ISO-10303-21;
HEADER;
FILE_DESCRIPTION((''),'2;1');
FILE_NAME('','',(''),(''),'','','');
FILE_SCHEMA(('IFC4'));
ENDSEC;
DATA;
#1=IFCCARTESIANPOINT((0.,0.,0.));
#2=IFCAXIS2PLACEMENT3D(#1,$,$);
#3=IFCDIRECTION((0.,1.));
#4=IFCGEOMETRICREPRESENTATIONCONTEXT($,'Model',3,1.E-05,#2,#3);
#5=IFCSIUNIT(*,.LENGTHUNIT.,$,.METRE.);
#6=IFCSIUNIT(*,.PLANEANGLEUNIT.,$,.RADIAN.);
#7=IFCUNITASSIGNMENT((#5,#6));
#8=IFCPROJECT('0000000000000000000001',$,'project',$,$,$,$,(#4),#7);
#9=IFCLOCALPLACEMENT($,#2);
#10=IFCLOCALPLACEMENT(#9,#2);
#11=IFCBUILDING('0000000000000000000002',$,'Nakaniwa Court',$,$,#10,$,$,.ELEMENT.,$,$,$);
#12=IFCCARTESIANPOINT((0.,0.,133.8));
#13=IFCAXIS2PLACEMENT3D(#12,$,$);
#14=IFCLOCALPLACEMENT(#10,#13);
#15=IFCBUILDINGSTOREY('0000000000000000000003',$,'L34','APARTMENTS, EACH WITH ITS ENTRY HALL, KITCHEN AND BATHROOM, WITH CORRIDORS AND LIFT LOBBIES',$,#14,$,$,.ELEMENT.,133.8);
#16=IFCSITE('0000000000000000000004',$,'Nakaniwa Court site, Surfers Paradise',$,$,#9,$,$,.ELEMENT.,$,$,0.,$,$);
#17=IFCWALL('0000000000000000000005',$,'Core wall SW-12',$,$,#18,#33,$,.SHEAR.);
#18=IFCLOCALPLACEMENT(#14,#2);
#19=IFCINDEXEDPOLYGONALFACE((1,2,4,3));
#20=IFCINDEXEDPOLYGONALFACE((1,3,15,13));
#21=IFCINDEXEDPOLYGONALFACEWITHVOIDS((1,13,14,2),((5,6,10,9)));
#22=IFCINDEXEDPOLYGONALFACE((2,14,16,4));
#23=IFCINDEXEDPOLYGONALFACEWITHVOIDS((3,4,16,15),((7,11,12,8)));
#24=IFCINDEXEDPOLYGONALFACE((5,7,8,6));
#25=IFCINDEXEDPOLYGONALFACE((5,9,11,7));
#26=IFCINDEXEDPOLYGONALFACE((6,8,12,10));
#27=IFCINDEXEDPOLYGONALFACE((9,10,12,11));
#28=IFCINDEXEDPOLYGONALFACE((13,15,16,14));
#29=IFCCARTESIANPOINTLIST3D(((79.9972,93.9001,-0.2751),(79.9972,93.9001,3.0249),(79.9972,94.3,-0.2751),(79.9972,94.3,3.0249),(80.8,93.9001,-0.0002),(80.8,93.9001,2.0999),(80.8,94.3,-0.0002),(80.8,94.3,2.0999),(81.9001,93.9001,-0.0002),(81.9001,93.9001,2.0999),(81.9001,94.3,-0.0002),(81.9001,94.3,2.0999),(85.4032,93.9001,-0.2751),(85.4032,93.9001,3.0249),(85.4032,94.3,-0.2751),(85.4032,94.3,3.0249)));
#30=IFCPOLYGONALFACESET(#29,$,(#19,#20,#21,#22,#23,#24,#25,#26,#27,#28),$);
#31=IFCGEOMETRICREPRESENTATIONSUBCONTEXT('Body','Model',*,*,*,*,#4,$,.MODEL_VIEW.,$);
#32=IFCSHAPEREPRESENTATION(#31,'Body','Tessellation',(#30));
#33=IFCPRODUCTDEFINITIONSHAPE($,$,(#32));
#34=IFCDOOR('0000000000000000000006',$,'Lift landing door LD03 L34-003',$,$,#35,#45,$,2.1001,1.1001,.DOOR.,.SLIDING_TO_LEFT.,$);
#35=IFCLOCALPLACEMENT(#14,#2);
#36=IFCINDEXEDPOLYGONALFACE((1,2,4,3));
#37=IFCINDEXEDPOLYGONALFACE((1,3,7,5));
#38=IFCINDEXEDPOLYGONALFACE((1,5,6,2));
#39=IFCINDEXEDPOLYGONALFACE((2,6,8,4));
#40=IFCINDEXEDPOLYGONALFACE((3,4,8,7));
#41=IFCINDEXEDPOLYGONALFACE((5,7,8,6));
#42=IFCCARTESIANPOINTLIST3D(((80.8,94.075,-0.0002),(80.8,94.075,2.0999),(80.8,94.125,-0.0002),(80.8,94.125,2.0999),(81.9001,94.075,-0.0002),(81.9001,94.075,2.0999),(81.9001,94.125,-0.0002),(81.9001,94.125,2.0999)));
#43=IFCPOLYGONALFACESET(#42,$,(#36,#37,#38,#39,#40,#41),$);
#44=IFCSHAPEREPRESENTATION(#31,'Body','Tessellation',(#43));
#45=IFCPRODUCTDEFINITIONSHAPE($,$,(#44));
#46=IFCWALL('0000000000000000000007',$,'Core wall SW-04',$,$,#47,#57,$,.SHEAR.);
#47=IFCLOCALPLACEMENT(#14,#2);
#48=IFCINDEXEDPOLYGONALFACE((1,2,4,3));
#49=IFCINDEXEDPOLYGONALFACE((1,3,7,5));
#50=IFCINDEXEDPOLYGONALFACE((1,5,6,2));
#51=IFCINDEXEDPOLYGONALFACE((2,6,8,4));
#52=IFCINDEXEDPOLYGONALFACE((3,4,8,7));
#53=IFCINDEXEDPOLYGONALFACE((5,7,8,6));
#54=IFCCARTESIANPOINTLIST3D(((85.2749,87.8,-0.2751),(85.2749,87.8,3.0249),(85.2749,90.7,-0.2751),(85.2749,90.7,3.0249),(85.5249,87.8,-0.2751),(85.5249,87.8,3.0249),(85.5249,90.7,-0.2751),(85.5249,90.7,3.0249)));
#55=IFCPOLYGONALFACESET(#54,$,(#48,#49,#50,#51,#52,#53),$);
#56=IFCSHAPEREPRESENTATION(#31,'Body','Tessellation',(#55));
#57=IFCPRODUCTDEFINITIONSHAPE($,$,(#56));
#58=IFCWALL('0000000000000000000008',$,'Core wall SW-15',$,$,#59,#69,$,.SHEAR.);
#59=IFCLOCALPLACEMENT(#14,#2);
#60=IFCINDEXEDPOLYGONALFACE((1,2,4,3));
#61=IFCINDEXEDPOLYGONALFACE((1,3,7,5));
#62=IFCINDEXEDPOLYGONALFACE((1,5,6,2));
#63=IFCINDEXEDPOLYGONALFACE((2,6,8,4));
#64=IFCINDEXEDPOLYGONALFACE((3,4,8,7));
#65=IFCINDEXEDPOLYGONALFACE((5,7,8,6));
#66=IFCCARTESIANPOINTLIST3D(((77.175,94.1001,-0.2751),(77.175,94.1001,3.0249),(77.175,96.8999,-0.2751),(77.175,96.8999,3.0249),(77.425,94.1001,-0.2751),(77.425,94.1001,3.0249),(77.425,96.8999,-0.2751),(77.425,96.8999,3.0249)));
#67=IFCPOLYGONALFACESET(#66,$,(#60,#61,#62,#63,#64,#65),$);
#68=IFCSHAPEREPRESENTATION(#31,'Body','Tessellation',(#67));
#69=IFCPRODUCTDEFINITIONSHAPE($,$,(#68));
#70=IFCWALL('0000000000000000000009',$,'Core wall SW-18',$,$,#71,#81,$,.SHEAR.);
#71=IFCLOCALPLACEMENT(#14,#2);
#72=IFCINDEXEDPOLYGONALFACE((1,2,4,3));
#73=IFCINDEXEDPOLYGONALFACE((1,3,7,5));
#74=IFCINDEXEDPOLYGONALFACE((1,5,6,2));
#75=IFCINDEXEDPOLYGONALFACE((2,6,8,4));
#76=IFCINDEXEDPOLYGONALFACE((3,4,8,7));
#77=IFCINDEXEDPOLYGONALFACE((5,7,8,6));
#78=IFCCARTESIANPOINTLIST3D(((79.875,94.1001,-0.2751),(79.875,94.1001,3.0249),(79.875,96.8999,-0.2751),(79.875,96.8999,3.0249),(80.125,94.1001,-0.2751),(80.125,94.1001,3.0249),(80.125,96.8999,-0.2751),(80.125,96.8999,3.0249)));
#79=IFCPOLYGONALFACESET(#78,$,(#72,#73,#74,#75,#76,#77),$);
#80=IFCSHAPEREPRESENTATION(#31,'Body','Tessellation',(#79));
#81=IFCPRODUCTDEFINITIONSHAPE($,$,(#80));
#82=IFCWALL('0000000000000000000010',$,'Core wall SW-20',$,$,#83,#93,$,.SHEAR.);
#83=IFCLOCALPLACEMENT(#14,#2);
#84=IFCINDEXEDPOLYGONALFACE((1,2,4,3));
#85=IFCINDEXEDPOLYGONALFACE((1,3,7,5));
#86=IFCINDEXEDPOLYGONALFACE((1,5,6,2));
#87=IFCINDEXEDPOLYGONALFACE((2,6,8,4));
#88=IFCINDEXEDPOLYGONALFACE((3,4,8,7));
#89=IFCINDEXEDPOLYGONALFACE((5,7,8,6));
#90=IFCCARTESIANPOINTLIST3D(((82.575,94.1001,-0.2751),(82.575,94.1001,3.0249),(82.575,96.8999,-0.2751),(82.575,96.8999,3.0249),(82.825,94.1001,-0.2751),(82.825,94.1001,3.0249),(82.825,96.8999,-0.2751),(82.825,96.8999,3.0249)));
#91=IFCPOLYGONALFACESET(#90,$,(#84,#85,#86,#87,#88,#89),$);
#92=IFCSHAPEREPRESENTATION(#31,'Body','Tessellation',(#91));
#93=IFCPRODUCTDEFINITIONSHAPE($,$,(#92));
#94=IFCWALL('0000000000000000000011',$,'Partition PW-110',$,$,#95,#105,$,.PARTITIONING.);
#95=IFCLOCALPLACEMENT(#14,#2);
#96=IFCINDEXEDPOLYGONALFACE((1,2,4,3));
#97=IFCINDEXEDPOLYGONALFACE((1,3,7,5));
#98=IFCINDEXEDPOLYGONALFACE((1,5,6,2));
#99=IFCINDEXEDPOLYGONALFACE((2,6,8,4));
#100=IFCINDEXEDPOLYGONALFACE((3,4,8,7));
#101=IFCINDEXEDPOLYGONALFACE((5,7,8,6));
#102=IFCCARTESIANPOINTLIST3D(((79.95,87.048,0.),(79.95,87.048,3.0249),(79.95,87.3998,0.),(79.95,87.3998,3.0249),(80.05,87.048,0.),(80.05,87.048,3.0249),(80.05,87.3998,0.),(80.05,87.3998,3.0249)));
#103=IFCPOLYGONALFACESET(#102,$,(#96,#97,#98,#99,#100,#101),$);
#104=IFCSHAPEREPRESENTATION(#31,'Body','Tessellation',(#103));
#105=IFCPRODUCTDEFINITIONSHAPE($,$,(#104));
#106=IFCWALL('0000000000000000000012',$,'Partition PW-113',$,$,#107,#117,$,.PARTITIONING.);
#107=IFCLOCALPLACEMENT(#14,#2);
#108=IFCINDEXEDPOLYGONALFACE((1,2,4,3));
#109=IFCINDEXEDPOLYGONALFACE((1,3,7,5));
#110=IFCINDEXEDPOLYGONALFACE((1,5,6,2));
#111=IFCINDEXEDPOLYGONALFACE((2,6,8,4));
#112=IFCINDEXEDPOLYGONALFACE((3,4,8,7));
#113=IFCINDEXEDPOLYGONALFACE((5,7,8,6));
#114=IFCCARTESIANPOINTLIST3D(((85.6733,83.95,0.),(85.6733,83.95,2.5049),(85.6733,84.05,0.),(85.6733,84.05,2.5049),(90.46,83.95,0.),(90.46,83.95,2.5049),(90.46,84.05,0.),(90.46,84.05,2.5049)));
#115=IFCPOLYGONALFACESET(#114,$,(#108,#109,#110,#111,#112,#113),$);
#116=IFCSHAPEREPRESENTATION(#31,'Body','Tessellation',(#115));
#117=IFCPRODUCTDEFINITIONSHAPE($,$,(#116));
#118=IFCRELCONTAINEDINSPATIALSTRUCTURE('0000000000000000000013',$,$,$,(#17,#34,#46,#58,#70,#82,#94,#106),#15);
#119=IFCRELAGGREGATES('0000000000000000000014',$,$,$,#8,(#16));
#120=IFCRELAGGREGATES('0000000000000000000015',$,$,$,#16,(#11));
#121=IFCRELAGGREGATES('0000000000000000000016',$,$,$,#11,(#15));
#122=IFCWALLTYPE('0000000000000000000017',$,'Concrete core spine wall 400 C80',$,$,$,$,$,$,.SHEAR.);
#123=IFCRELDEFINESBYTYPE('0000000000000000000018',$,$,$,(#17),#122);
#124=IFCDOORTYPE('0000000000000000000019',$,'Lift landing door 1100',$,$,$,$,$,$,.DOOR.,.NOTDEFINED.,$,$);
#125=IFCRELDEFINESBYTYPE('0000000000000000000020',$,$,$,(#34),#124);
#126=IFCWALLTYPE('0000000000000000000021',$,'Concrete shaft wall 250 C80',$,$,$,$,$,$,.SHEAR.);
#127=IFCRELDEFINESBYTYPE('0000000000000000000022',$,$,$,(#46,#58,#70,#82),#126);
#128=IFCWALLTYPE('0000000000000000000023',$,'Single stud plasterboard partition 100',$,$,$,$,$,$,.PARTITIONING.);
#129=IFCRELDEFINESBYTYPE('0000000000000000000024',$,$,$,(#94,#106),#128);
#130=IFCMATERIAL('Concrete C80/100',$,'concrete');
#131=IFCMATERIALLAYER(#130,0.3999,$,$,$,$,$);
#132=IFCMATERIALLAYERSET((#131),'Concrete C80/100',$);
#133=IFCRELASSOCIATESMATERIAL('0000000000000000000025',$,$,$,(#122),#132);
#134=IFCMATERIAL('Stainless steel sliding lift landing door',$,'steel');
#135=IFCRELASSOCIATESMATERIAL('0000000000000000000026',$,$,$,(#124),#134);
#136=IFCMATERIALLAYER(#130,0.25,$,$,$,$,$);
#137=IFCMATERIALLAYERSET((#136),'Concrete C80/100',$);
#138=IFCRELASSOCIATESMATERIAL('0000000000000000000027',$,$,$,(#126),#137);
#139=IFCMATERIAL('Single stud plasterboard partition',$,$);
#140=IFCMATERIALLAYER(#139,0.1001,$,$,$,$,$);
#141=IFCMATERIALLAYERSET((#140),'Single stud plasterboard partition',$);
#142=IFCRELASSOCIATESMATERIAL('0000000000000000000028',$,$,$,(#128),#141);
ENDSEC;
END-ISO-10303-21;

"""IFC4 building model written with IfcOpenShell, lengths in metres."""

from ifc_helpers import new_model, si_unit, direction, frame, frame_2d, origin, place, context, subcontext, project, spatial, rectangle, extrude, material, layer, layer_set, type_object, element, fill, save


model = new_model("IFC4")

# Units and contexts
model_context = context("Model", 3, precision=1e-05, world=origin(), true_north=direction((0.0, 1.0)))
body_context = subcontext(model_context, "Body", "Model", "MODEL_VIEW")
ifc_project = project(units=[si_unit("LENGTHUNIT", "METRE"), si_unit("PLANEANGLEUNIT", "RADIAN")], contexts=[model_context])

# Site, building, storey
site_placement = place(None, origin())
site = spatial("IfcSite", under=ifc_project, at=site_placement, Name="Nakaniwa Court site, Surfers Paradise", CompositionType="ELEMENT", RefElevation=0.0)
building_placement = place(site_placement, origin())
building = spatial("IfcBuilding", under=site, at=building_placement, Name="Nakaniwa Court", CompositionType="ELEMENT")
storey_placement = place(building_placement, frame((0.0, 0.0, 133.8)))
storey = spatial("IfcBuildingStorey", under=building, at=storey_placement, Name="L34", Description="APARTMENTS, EACH WITH ITS ENTRY HALL, KITCHEN AND BATHROOM, WITH CORRIDORS AND LIFT LOBBIES", CompositionType="ELEMENT", Elevation=133.8)

# Shared definitions
ifc_material_1 = material(Name="Concrete C80/100", Category="concrete")

# Wall, opening, door
ifc_layer_1 = layer(ifc_material_1, 0.3999)
ifc_layer_set_1 = layer_set([ifc_layer_1], Name="Concrete C80/100")
wall_type_1 = type_object("IfcWallType", Name="Concrete core spine wall 400 C80", PredefinedType="SHEAR", material=ifc_layer_set_1)
ifc_material_2 = material(Name="Stainless steel sliding lift landing door", Category="steel")
door_type_1 = type_object("IfcDoorType", Name="Lift landing door 1100", OperationType="NOTDEFINED", PredefinedType="DOOR", material=ifc_material_2)
wall_1_placement = place(storey_placement, frame((79.9971, 94.1001, -0.2751), z_axis=(0.0, 0.0, 1.0), x_axis=(1.0, 0.0, 0.0)))
wall_1 = element("IfcWall", 1, at=wall_1_placement, inside=storey, type_object=wall_type_1, Name="Core wall SW-12", PredefinedType="SHEAR", context=body_context, shape_type="SweptSolid", body=[
    extrude(rectangle(XDim=5.406, YDim=0.3999, at=frame_2d((2.7031, 0.0))), origin(), (0.0, 0.0, 1.0), 3.3),
])
opening_1_placement = place(wall_1_placement, frame((0.803, 0.0, 0.2749)))
opening_1 = element("IfcOpeningElement", 2, at=opening_1_placement, cuts=wall_1, PredefinedType="OPENING", context=body_context, shape_type="SweptSolid", body=[
    extrude(rectangle(XDim=1.1001, YDim=2.1001, at=frame_2d((0.55, 1.05))), frame((0.0, 0.21, 0.0), z_axis=(0.0, -1.0, 0.0), x_axis=(1.0, 0.0, 0.0)), (0.0, 0.0, 1.0), 0.4199),
])
door_1_placement = place(opening_1_placement, origin())
door_1 = element("IfcDoor", 3, at=door_1_placement, inside=storey, type_object=door_type_1, Name="Lift landing door LD03 L34-003", OperationType="SLIDING_TO_LEFT", OverallHeight=2.1001, OverallWidth=1.1001, PredefinedType="DOOR", context=body_context, shape_type="SweptSolid", body=[
    extrude(rectangle(XDim=1.1001, YDim=2.1001, at=frame_2d((0.55, 1.05))), frame((0.0, 0.0249, 0.0), z_axis=(0.0, -1.0, 0.0), x_axis=(1.0, 0.0, 0.0)), (0.0, 0.0, 1.0), 0.05),
])
fill(opening_1, door_1)

# Walls
ifc_layer_2 = layer(ifc_material_1, 0.25)
ifc_layer_set_2 = layer_set([ifc_layer_2], Name="Concrete C80/100")
wall_type_2 = type_object("IfcWallType", Name="Concrete shaft wall 250 C80", PredefinedType="SHEAR", material=ifc_layer_set_2)
wall_2_placement = place(storey_placement, frame((85.3999, 87.8, -0.2751), z_axis=(0.0, 0.0, 1.0), x_axis=(0.0, 1.0, 0.0)))
element("IfcWall", 4, at=wall_2_placement, inside=storey, type_object=wall_type_2, Name="Core wall SW-04", PredefinedType="SHEAR", context=body_context, shape_type="SweptSolid", body=[
    extrude(rectangle(XDim=2.8999, YDim=0.25, at=frame_2d((1.45, 0.0))), origin(), (0.0, 0.0, 1.0), 3.3),
])
for number, where, z_axis, x_axis, name in (
    (5, (77.3, 94.1001, -0.2751), (0.0, 0.0, 1.0), (0.0, 1.0, 0.0), "Core wall SW-15"),
    (6, (80.0, 94.1001, -0.2751), (0.0, 0.0, 1.0), (0.0, 1.0, 0.0), "Core wall SW-18"),
    (7, (82.7, 94.1001, -0.2751), (0.0, 0.0, 1.0), (0.0, 1.0, 0.0), "Core wall SW-20"),
):
    element("IfcWall", number, at=place(storey_placement, frame(where, z_axis=z_axis, x_axis=x_axis)), inside=storey, type_object=wall_type_2, Name=name, PredefinedType="SHEAR", context=body_context, shape_type="SweptSolid", body=[
        extrude(rectangle(XDim=2.7998, YDim=0.25, at=frame_2d((1.3999, 0.0))), origin(), (0.0, 0.0, 1.0), 3.3),
    ])
ifc_material_3 = material(Name="Single stud plasterboard partition")
ifc_layer_3 = layer(ifc_material_3, 0.1001)
ifc_layer_set_3 = layer_set([ifc_layer_3], Name="Single stud plasterboard partition")
wall_type_3 = type_object("IfcWallType", Name="Single stud plasterboard partition 100", PredefinedType="PARTITIONING", material=ifc_layer_set_3)
wall_3_placement = place(storey_placement, frame((80.0, 87.0481, 0.0), z_axis=(0.0, 0.0, 1.0), x_axis=(0.0, 1.0, 0.0)))
element("IfcWall", 8, at=wall_3_placement, inside=storey, type_object=wall_type_3, Name="Partition PW-110", PredefinedType="PARTITIONING", context=body_context, shape_type="SweptSolid", body=[
    extrude(rectangle(XDim=0.3518, YDim=0.1001, at=frame_2d((0.1758, 0.0))), origin(), (0.0, 0.0, 1.0), 3.0249),
])
wall_4_placement = place(storey_placement, frame((85.6733, 84.0, 0.0), z_axis=(0.0, 0.0, 1.0), x_axis=(1.0, 0.0, 0.0)))
element("IfcWall", 9, at=wall_4_placement, inside=storey, type_object=wall_type_3, Name="Partition PW-113", PredefinedType="PARTITIONING", context=body_context, shape_type="SweptSolid", body=[
    extrude(rectangle(XDim=4.7866, YDim=0.1001, at=frame_2d((2.3933, 0.0))), origin(), (0.0, 0.0, 1.0), 2.5049),
])

save(model, "model.ifc")
